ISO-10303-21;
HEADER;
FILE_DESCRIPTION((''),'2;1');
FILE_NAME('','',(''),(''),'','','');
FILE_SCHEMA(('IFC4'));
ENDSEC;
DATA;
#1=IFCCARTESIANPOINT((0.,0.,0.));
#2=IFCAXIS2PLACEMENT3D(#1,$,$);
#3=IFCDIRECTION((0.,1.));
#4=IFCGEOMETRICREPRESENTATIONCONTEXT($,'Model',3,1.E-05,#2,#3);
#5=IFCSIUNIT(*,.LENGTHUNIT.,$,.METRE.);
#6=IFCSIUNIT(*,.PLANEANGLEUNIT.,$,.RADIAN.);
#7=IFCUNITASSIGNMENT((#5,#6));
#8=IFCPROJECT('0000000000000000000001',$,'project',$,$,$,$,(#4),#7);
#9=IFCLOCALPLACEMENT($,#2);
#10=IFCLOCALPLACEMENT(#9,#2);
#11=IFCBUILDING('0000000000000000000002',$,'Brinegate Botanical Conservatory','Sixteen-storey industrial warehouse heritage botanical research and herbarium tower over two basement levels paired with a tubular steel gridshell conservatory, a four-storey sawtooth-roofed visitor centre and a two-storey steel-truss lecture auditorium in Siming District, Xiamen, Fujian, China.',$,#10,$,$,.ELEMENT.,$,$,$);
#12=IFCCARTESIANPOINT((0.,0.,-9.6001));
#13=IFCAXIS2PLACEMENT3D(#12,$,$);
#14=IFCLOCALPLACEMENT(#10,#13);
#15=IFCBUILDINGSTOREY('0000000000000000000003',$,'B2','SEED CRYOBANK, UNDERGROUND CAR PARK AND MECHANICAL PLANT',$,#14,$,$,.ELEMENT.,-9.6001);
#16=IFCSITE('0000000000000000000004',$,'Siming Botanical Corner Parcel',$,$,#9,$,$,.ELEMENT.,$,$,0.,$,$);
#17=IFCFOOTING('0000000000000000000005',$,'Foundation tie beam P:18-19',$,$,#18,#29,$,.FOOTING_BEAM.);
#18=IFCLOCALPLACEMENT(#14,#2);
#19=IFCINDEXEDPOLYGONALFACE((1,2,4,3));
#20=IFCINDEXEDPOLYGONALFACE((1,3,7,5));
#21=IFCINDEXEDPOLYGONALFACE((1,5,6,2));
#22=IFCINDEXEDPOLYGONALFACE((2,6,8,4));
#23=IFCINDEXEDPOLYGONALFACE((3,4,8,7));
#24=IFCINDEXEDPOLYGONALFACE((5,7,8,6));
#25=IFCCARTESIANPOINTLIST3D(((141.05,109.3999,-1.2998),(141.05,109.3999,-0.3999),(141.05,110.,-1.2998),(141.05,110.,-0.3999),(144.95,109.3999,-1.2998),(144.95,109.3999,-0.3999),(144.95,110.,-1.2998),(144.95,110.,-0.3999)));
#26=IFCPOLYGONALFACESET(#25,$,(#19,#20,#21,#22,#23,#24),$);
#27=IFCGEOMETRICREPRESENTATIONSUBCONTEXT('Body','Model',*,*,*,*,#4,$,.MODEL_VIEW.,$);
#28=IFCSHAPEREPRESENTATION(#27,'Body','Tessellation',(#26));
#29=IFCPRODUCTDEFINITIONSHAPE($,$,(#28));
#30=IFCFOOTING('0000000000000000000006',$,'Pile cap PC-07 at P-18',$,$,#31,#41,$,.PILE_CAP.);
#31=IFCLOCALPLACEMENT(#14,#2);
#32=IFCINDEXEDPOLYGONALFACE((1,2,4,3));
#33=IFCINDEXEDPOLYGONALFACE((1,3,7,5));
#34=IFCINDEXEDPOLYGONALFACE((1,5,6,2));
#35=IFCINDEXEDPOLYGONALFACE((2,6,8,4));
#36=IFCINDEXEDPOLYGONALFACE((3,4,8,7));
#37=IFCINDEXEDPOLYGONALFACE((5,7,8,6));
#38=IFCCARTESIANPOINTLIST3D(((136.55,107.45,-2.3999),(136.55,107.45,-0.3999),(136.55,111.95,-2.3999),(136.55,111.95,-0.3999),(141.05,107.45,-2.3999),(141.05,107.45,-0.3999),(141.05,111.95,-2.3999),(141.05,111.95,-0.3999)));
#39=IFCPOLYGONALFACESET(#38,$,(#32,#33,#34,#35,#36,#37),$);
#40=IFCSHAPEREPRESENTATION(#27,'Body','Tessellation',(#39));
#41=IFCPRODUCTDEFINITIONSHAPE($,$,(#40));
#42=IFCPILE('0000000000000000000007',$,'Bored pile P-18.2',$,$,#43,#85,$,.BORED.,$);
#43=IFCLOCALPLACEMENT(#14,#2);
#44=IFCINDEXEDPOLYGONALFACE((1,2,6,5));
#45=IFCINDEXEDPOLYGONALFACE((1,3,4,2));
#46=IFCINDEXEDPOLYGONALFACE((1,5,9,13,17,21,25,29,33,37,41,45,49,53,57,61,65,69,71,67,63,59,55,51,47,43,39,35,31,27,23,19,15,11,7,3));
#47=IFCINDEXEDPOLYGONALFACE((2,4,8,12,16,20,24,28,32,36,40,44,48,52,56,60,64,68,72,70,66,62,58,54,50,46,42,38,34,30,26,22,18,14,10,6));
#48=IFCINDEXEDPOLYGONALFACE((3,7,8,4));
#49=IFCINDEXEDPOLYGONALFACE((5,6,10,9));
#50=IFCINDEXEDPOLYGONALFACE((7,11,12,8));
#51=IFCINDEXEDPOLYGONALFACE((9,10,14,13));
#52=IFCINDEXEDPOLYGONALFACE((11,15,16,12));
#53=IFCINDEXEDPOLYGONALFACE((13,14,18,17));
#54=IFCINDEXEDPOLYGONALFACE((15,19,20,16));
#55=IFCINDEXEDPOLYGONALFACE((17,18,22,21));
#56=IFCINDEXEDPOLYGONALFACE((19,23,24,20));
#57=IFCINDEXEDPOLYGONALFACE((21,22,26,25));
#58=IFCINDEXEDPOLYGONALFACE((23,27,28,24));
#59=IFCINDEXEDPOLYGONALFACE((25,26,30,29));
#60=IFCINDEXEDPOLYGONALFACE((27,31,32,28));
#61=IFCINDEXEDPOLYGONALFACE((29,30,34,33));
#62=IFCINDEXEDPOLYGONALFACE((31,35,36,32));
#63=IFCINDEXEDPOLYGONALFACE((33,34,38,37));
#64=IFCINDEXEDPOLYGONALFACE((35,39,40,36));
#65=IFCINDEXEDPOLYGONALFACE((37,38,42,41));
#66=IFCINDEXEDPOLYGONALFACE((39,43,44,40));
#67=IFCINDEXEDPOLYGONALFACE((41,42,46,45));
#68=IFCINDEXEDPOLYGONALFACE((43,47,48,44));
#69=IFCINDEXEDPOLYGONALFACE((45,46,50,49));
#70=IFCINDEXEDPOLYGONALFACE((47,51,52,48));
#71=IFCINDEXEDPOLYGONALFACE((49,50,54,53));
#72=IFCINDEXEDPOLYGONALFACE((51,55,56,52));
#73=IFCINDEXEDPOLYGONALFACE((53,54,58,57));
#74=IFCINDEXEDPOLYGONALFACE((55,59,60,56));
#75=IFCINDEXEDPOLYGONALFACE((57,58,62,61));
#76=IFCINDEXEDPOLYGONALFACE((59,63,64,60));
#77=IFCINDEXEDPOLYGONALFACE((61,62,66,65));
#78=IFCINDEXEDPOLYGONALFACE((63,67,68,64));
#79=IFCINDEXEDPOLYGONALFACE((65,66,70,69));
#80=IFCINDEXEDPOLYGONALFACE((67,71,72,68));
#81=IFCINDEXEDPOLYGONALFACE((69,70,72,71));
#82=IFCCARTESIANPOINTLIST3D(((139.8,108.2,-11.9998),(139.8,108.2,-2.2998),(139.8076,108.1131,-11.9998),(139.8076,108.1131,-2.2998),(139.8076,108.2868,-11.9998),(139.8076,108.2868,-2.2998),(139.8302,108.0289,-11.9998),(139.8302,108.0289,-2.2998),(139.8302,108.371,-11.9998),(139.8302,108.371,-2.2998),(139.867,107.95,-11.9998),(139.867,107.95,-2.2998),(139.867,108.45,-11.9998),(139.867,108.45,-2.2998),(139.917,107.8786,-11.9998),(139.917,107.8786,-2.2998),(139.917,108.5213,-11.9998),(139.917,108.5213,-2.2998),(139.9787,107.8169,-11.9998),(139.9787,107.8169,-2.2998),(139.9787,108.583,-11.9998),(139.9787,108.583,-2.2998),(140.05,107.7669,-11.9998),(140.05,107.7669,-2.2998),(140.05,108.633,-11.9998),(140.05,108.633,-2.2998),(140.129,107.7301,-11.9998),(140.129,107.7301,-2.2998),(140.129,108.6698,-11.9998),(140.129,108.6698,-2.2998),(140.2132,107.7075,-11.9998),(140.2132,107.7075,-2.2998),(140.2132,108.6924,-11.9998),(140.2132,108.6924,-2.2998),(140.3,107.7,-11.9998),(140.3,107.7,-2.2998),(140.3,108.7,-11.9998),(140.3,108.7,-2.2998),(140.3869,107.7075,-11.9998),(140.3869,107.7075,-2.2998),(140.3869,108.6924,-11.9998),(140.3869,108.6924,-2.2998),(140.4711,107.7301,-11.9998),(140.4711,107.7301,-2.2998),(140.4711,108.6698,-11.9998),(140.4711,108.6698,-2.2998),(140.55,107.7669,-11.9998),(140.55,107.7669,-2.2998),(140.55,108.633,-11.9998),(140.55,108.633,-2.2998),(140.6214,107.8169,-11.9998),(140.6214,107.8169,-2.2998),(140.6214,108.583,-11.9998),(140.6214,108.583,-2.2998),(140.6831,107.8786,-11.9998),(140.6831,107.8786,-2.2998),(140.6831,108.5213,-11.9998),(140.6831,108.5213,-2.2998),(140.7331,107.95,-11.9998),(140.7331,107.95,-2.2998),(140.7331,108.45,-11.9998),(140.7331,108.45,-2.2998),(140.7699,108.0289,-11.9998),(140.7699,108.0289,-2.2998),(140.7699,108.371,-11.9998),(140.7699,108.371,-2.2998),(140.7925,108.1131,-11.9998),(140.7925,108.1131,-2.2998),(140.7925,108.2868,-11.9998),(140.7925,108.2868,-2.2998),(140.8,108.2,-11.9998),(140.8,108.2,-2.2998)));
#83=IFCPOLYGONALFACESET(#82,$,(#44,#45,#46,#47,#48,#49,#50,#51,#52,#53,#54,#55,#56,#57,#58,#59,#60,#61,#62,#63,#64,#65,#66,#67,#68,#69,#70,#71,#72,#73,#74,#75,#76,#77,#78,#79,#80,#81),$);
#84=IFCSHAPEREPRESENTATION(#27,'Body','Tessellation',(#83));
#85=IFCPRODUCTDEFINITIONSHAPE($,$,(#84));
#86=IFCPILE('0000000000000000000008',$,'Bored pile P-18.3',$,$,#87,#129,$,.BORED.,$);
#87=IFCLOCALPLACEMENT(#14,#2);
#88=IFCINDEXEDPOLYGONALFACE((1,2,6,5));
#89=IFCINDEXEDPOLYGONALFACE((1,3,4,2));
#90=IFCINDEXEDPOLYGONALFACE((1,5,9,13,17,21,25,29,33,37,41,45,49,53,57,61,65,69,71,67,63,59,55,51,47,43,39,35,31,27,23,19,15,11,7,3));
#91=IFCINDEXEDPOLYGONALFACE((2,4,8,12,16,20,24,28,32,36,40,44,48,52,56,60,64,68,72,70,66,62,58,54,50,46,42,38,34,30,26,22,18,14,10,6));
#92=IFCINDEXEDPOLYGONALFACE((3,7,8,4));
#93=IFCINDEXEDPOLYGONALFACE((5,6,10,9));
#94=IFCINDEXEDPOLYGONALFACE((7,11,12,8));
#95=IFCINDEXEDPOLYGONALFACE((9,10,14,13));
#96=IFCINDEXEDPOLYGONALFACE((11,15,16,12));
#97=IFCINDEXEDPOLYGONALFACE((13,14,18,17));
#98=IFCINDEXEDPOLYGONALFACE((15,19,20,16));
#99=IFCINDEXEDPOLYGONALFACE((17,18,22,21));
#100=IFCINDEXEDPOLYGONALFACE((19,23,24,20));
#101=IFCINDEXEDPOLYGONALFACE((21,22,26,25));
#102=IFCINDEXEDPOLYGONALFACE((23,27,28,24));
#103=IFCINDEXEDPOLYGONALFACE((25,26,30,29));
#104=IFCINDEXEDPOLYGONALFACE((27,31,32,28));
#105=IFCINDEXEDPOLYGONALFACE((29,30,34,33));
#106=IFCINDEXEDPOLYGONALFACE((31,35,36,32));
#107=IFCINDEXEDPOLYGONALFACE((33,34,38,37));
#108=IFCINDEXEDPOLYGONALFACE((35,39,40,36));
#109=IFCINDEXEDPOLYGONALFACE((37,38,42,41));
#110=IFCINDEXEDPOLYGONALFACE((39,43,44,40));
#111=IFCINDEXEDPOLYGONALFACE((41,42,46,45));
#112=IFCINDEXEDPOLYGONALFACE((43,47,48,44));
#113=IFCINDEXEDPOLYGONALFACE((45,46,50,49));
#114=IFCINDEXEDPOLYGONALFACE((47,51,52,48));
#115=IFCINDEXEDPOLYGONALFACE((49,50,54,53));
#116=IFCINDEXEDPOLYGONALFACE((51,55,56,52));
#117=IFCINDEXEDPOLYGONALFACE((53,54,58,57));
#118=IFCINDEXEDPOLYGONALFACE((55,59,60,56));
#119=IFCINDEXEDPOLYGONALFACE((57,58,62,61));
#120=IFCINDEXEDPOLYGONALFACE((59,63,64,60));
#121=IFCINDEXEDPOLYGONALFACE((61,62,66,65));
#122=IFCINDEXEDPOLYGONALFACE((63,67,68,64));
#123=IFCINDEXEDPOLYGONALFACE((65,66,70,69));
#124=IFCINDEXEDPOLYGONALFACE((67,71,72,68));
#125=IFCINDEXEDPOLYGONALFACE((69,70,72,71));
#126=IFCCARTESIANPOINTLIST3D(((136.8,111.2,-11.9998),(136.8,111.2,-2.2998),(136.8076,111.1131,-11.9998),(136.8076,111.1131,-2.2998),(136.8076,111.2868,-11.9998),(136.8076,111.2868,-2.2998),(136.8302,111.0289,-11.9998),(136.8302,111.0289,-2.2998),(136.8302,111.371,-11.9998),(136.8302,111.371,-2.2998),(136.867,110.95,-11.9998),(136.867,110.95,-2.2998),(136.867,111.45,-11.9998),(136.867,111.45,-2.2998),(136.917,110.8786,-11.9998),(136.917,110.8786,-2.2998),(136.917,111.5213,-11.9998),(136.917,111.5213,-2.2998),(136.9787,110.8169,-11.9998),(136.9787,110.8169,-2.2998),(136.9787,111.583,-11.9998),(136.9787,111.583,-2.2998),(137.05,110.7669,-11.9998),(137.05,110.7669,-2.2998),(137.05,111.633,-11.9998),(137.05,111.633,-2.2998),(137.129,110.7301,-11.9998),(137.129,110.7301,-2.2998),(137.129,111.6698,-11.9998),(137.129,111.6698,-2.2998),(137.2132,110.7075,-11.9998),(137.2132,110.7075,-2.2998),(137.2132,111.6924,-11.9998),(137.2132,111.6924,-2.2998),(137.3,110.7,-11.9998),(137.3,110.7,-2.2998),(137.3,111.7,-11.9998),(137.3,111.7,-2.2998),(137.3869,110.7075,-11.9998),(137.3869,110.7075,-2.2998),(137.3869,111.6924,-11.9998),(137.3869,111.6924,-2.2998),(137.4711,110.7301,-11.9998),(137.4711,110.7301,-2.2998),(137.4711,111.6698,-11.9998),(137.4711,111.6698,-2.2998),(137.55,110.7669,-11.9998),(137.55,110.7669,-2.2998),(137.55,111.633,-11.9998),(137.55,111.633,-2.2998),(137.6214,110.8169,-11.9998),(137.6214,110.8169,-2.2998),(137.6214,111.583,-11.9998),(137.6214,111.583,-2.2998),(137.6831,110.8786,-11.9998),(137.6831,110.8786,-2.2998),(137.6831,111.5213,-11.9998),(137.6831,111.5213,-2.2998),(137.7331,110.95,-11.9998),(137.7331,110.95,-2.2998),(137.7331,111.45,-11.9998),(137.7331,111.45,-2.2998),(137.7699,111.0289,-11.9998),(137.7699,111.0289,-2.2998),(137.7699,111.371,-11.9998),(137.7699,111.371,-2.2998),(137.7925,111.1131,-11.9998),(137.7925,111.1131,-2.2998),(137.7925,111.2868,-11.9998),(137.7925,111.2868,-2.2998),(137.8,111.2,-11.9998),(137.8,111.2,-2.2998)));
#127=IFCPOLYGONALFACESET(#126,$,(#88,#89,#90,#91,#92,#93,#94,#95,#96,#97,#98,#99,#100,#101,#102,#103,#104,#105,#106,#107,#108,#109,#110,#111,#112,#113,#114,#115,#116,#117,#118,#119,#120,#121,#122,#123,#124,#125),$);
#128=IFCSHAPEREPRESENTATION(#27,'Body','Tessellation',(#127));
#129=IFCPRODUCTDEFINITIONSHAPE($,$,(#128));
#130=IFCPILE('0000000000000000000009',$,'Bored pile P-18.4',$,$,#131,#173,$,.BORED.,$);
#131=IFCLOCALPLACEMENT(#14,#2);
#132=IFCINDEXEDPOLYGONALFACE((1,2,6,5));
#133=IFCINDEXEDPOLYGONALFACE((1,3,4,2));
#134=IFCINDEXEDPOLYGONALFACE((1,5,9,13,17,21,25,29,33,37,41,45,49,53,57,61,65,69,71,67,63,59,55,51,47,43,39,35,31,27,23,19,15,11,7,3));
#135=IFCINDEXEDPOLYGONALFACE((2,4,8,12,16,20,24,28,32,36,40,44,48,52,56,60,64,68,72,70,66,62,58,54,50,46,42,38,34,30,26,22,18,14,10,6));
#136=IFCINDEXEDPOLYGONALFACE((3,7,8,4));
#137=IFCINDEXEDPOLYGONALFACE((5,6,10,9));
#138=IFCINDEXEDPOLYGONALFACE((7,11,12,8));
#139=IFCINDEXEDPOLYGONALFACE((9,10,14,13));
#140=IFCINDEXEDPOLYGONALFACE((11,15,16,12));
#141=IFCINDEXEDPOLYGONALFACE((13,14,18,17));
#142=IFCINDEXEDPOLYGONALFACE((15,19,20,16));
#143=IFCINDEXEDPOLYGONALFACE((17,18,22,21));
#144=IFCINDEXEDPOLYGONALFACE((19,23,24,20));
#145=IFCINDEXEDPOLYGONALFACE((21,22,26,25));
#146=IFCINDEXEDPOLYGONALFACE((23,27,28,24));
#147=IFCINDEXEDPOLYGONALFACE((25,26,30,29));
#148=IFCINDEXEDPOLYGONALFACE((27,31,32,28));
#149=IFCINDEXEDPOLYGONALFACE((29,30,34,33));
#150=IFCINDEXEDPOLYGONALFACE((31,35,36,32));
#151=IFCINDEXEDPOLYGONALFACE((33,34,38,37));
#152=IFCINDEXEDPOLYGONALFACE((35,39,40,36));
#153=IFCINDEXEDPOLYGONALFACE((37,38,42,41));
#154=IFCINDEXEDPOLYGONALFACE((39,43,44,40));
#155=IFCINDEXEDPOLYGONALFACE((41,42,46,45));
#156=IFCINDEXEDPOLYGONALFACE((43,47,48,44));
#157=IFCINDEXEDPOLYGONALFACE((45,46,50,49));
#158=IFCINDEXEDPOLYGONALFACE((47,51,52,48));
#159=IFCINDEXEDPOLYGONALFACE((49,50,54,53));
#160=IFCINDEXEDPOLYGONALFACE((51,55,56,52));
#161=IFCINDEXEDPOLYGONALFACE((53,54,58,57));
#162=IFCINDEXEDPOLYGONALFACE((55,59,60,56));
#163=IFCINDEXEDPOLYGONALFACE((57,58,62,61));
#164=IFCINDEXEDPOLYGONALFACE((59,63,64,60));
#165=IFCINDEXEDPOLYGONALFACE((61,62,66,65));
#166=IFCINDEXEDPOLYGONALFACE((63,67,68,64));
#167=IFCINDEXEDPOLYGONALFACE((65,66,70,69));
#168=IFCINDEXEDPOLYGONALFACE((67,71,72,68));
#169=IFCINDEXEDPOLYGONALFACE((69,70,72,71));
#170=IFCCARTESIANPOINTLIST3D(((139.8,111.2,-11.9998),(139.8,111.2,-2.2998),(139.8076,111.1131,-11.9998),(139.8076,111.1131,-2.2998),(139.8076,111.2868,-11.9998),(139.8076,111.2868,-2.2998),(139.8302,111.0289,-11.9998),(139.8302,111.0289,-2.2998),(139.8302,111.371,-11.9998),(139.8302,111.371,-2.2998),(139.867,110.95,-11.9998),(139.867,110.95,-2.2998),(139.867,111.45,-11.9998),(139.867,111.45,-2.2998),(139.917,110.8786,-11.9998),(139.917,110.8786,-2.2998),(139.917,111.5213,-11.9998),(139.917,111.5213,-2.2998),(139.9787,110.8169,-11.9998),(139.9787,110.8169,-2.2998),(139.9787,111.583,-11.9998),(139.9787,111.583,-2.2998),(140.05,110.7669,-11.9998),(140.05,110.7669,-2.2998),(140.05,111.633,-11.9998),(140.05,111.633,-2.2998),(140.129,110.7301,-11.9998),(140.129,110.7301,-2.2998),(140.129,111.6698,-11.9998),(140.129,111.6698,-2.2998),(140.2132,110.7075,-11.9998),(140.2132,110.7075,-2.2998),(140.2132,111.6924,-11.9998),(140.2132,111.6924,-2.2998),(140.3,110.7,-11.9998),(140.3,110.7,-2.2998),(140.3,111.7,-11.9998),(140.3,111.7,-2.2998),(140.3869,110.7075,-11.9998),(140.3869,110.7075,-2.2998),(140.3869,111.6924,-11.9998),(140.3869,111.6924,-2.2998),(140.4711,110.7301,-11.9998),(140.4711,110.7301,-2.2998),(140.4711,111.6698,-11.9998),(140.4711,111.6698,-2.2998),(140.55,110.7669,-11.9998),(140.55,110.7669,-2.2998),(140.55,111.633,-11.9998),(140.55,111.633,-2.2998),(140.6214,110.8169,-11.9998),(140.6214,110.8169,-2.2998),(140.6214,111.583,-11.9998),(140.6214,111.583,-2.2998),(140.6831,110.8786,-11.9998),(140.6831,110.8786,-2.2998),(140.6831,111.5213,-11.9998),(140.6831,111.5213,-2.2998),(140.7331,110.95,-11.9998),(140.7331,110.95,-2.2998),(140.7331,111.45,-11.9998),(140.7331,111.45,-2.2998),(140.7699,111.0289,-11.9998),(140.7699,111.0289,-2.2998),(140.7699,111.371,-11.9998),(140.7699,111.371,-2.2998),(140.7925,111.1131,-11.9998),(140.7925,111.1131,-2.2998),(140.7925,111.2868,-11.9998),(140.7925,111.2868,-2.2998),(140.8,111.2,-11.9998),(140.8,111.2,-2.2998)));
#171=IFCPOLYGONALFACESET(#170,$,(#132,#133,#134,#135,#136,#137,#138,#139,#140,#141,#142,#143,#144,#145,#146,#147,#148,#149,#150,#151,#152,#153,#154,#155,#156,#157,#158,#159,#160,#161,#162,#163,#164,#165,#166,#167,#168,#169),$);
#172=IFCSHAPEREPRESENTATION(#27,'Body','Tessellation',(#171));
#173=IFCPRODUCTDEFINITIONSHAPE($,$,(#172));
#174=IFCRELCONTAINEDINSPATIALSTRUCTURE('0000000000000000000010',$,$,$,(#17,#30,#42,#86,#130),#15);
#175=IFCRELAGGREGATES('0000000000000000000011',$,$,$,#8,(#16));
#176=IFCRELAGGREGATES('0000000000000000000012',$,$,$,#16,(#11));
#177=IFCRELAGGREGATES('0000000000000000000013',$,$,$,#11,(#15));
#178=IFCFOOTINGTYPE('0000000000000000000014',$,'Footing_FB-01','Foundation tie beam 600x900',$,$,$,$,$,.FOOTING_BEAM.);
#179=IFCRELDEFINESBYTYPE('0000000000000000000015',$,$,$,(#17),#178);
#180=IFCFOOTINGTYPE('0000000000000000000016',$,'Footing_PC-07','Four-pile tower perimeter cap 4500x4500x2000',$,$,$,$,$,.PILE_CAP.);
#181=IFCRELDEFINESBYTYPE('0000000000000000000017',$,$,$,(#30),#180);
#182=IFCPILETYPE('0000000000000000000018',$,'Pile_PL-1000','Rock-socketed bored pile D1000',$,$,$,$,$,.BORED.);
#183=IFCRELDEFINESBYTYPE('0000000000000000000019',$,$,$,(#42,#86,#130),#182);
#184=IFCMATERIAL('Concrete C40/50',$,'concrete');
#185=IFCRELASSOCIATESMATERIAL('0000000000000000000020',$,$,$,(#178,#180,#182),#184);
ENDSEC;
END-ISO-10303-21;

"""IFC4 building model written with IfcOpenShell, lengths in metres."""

from ifc_helpers import new_model, si_unit, direction, frame, origin, origin_2d, place, context, subcontext, project, spatial, rectangle, circle, extrude, material, material_profile, profile_set, type_object, element, save


model = new_model("IFC4")

# Units and contexts
model_context = context("Model", 3, precision=1e-05, world=origin(), true_north=direction((0.0, 1.0)))
body_context = subcontext(model_context, "Body", "Model", "MODEL_VIEW")
ifc_project = project(units=[si_unit("LENGTHUNIT", "METRE"), si_unit("PLANEANGLEUNIT", "RADIAN")], contexts=[model_context])

# Site, building, storey
site_placement = place(None, origin())
site = spatial("IfcSite", under=ifc_project, at=site_placement, Name="Siming Botanical Corner Parcel", CompositionType="ELEMENT", RefElevation=0.0)
building_placement = place(site_placement, origin())
building = spatial("IfcBuilding", under=site, at=building_placement, Name="Brinegate Botanical Conservatory", Description="Sixteen-storey industrial warehouse heritage botanical research and herbarium tower over two basement levels paired with a tubular steel gridshell conservatory, a four-storey sawtooth-roofed visitor centre and a two-storey steel-truss lecture auditorium in Siming District, Xiamen, Fujian, China.", CompositionType="ELEMENT")
storey_placement = place(building_placement, frame((0.0, 0.0, -9.6001)))
storey = spatial("IfcBuildingStorey", under=building, at=storey_placement, Name="B2", Description="SEED CRYOBANK, UNDERGROUND CAR PARK AND MECHANICAL PLANT", CompositionType="ELEMENT", Elevation=-9.6001)

# Footings
ifc_material_1 = material(Name="Concrete C40/50", Category="concrete")
ifc_material_profile_1 = material_profile(ifc_material_1, rectangle(XDim=0.6001, YDim=0.8999, at=origin_2d()), Name="RC GB 600x900")
ifc_profile_set_1 = profile_set([ifc_material_profile_1], Name="Concrete C40/50")
footing_type_1 = type_object("IfcFootingType", Name="Footing_FB-01", Description="Foundation tie beam 600x900", PredefinedType="FOOTING_BEAM", material=ifc_profile_set_1)
footing_1_placement = place(storey_placement, frame((141.05, 109.7, -0.8499), z_axis=(1.0, 0.0, 0.0), x_axis=(0.0, 1.0, 0.0)))
element("IfcFooting", 1, at=footing_1_placement, inside=storey, type_object=footing_type_1, Name="Foundation tie beam P:18-19", PredefinedType="FOOTING_BEAM", context=body_context, shape_type="SweptSolid", body=[
    extrude(rectangle(XDim=0.6001, YDim=0.8999, at=origin_2d()), origin(), (0.0, 0.0, 1.0), 3.8999),
])
footing_type_2 = type_object("IfcFootingType", Name="Footing_PC-07", Description="Four-pile tower perimeter cap 4500x4500x2000", PredefinedType="PILE_CAP", material=ifc_material_1)
footing_2_placement = place(storey_placement, frame((138.8, 109.7, -2.3999), z_axis=(0.0, 0.0, 1.0), x_axis=(1.0, 0.0, 0.0)))
element("IfcFooting", 2, at=footing_2_placement, inside=storey, type_object=footing_type_2, Name="Pile cap PC-07 at P-18", PredefinedType="PILE_CAP", context=body_context, shape_type="SweptSolid", body=[
    extrude(rectangle(XDim=4.5, YDim=4.5, at=origin_2d()), origin(), (0.0, 0.0, 1.0), 2.0),
])

# Piles
ifc_material_profile_2 = material_profile(ifc_material_1, circle(Radius=0.5, at=origin_2d()), Name="PILE D1000")
ifc_profile_set_2 = profile_set([ifc_material_profile_2], Name="Concrete C40/50")
pile_type_1 = type_object("IfcPileType", Name="Pile_PL-1000", Description="Rock-socketed bored pile D1000", PredefinedType="BORED", material=ifc_profile_set_2)
for number, where, z_axis, x_axis, name in (
    (3, (140.3, 108.2, -2.2998), (0.0, 0.0, -1.0), (1.0, 0.0, 0.0), "Bored pile P-18.2"),
    (4, (137.3, 111.2, -2.2998), (0.0, 0.0, -1.0), (1.0, 0.0, 0.0), "Bored pile P-18.3"),
    (5, (140.3, 111.2, -2.2998), (0.0, 0.0, -1.0), (1.0, 0.0, 0.0), "Bored pile P-18.4"),
):
    element("IfcPile", number, at=place(storey_placement, frame(where, z_axis=z_axis, x_axis=x_axis)), inside=storey, type_object=pile_type_1, Name=name, PredefinedType="BORED", context=body_context, shape_type="SweptSolid", body=[
        extrude(circle(Radius=0.5, at=origin_2d()), origin(), (0.0, 0.0, 1.0), 9.7),
    ])

save(model, "model.ifc")
